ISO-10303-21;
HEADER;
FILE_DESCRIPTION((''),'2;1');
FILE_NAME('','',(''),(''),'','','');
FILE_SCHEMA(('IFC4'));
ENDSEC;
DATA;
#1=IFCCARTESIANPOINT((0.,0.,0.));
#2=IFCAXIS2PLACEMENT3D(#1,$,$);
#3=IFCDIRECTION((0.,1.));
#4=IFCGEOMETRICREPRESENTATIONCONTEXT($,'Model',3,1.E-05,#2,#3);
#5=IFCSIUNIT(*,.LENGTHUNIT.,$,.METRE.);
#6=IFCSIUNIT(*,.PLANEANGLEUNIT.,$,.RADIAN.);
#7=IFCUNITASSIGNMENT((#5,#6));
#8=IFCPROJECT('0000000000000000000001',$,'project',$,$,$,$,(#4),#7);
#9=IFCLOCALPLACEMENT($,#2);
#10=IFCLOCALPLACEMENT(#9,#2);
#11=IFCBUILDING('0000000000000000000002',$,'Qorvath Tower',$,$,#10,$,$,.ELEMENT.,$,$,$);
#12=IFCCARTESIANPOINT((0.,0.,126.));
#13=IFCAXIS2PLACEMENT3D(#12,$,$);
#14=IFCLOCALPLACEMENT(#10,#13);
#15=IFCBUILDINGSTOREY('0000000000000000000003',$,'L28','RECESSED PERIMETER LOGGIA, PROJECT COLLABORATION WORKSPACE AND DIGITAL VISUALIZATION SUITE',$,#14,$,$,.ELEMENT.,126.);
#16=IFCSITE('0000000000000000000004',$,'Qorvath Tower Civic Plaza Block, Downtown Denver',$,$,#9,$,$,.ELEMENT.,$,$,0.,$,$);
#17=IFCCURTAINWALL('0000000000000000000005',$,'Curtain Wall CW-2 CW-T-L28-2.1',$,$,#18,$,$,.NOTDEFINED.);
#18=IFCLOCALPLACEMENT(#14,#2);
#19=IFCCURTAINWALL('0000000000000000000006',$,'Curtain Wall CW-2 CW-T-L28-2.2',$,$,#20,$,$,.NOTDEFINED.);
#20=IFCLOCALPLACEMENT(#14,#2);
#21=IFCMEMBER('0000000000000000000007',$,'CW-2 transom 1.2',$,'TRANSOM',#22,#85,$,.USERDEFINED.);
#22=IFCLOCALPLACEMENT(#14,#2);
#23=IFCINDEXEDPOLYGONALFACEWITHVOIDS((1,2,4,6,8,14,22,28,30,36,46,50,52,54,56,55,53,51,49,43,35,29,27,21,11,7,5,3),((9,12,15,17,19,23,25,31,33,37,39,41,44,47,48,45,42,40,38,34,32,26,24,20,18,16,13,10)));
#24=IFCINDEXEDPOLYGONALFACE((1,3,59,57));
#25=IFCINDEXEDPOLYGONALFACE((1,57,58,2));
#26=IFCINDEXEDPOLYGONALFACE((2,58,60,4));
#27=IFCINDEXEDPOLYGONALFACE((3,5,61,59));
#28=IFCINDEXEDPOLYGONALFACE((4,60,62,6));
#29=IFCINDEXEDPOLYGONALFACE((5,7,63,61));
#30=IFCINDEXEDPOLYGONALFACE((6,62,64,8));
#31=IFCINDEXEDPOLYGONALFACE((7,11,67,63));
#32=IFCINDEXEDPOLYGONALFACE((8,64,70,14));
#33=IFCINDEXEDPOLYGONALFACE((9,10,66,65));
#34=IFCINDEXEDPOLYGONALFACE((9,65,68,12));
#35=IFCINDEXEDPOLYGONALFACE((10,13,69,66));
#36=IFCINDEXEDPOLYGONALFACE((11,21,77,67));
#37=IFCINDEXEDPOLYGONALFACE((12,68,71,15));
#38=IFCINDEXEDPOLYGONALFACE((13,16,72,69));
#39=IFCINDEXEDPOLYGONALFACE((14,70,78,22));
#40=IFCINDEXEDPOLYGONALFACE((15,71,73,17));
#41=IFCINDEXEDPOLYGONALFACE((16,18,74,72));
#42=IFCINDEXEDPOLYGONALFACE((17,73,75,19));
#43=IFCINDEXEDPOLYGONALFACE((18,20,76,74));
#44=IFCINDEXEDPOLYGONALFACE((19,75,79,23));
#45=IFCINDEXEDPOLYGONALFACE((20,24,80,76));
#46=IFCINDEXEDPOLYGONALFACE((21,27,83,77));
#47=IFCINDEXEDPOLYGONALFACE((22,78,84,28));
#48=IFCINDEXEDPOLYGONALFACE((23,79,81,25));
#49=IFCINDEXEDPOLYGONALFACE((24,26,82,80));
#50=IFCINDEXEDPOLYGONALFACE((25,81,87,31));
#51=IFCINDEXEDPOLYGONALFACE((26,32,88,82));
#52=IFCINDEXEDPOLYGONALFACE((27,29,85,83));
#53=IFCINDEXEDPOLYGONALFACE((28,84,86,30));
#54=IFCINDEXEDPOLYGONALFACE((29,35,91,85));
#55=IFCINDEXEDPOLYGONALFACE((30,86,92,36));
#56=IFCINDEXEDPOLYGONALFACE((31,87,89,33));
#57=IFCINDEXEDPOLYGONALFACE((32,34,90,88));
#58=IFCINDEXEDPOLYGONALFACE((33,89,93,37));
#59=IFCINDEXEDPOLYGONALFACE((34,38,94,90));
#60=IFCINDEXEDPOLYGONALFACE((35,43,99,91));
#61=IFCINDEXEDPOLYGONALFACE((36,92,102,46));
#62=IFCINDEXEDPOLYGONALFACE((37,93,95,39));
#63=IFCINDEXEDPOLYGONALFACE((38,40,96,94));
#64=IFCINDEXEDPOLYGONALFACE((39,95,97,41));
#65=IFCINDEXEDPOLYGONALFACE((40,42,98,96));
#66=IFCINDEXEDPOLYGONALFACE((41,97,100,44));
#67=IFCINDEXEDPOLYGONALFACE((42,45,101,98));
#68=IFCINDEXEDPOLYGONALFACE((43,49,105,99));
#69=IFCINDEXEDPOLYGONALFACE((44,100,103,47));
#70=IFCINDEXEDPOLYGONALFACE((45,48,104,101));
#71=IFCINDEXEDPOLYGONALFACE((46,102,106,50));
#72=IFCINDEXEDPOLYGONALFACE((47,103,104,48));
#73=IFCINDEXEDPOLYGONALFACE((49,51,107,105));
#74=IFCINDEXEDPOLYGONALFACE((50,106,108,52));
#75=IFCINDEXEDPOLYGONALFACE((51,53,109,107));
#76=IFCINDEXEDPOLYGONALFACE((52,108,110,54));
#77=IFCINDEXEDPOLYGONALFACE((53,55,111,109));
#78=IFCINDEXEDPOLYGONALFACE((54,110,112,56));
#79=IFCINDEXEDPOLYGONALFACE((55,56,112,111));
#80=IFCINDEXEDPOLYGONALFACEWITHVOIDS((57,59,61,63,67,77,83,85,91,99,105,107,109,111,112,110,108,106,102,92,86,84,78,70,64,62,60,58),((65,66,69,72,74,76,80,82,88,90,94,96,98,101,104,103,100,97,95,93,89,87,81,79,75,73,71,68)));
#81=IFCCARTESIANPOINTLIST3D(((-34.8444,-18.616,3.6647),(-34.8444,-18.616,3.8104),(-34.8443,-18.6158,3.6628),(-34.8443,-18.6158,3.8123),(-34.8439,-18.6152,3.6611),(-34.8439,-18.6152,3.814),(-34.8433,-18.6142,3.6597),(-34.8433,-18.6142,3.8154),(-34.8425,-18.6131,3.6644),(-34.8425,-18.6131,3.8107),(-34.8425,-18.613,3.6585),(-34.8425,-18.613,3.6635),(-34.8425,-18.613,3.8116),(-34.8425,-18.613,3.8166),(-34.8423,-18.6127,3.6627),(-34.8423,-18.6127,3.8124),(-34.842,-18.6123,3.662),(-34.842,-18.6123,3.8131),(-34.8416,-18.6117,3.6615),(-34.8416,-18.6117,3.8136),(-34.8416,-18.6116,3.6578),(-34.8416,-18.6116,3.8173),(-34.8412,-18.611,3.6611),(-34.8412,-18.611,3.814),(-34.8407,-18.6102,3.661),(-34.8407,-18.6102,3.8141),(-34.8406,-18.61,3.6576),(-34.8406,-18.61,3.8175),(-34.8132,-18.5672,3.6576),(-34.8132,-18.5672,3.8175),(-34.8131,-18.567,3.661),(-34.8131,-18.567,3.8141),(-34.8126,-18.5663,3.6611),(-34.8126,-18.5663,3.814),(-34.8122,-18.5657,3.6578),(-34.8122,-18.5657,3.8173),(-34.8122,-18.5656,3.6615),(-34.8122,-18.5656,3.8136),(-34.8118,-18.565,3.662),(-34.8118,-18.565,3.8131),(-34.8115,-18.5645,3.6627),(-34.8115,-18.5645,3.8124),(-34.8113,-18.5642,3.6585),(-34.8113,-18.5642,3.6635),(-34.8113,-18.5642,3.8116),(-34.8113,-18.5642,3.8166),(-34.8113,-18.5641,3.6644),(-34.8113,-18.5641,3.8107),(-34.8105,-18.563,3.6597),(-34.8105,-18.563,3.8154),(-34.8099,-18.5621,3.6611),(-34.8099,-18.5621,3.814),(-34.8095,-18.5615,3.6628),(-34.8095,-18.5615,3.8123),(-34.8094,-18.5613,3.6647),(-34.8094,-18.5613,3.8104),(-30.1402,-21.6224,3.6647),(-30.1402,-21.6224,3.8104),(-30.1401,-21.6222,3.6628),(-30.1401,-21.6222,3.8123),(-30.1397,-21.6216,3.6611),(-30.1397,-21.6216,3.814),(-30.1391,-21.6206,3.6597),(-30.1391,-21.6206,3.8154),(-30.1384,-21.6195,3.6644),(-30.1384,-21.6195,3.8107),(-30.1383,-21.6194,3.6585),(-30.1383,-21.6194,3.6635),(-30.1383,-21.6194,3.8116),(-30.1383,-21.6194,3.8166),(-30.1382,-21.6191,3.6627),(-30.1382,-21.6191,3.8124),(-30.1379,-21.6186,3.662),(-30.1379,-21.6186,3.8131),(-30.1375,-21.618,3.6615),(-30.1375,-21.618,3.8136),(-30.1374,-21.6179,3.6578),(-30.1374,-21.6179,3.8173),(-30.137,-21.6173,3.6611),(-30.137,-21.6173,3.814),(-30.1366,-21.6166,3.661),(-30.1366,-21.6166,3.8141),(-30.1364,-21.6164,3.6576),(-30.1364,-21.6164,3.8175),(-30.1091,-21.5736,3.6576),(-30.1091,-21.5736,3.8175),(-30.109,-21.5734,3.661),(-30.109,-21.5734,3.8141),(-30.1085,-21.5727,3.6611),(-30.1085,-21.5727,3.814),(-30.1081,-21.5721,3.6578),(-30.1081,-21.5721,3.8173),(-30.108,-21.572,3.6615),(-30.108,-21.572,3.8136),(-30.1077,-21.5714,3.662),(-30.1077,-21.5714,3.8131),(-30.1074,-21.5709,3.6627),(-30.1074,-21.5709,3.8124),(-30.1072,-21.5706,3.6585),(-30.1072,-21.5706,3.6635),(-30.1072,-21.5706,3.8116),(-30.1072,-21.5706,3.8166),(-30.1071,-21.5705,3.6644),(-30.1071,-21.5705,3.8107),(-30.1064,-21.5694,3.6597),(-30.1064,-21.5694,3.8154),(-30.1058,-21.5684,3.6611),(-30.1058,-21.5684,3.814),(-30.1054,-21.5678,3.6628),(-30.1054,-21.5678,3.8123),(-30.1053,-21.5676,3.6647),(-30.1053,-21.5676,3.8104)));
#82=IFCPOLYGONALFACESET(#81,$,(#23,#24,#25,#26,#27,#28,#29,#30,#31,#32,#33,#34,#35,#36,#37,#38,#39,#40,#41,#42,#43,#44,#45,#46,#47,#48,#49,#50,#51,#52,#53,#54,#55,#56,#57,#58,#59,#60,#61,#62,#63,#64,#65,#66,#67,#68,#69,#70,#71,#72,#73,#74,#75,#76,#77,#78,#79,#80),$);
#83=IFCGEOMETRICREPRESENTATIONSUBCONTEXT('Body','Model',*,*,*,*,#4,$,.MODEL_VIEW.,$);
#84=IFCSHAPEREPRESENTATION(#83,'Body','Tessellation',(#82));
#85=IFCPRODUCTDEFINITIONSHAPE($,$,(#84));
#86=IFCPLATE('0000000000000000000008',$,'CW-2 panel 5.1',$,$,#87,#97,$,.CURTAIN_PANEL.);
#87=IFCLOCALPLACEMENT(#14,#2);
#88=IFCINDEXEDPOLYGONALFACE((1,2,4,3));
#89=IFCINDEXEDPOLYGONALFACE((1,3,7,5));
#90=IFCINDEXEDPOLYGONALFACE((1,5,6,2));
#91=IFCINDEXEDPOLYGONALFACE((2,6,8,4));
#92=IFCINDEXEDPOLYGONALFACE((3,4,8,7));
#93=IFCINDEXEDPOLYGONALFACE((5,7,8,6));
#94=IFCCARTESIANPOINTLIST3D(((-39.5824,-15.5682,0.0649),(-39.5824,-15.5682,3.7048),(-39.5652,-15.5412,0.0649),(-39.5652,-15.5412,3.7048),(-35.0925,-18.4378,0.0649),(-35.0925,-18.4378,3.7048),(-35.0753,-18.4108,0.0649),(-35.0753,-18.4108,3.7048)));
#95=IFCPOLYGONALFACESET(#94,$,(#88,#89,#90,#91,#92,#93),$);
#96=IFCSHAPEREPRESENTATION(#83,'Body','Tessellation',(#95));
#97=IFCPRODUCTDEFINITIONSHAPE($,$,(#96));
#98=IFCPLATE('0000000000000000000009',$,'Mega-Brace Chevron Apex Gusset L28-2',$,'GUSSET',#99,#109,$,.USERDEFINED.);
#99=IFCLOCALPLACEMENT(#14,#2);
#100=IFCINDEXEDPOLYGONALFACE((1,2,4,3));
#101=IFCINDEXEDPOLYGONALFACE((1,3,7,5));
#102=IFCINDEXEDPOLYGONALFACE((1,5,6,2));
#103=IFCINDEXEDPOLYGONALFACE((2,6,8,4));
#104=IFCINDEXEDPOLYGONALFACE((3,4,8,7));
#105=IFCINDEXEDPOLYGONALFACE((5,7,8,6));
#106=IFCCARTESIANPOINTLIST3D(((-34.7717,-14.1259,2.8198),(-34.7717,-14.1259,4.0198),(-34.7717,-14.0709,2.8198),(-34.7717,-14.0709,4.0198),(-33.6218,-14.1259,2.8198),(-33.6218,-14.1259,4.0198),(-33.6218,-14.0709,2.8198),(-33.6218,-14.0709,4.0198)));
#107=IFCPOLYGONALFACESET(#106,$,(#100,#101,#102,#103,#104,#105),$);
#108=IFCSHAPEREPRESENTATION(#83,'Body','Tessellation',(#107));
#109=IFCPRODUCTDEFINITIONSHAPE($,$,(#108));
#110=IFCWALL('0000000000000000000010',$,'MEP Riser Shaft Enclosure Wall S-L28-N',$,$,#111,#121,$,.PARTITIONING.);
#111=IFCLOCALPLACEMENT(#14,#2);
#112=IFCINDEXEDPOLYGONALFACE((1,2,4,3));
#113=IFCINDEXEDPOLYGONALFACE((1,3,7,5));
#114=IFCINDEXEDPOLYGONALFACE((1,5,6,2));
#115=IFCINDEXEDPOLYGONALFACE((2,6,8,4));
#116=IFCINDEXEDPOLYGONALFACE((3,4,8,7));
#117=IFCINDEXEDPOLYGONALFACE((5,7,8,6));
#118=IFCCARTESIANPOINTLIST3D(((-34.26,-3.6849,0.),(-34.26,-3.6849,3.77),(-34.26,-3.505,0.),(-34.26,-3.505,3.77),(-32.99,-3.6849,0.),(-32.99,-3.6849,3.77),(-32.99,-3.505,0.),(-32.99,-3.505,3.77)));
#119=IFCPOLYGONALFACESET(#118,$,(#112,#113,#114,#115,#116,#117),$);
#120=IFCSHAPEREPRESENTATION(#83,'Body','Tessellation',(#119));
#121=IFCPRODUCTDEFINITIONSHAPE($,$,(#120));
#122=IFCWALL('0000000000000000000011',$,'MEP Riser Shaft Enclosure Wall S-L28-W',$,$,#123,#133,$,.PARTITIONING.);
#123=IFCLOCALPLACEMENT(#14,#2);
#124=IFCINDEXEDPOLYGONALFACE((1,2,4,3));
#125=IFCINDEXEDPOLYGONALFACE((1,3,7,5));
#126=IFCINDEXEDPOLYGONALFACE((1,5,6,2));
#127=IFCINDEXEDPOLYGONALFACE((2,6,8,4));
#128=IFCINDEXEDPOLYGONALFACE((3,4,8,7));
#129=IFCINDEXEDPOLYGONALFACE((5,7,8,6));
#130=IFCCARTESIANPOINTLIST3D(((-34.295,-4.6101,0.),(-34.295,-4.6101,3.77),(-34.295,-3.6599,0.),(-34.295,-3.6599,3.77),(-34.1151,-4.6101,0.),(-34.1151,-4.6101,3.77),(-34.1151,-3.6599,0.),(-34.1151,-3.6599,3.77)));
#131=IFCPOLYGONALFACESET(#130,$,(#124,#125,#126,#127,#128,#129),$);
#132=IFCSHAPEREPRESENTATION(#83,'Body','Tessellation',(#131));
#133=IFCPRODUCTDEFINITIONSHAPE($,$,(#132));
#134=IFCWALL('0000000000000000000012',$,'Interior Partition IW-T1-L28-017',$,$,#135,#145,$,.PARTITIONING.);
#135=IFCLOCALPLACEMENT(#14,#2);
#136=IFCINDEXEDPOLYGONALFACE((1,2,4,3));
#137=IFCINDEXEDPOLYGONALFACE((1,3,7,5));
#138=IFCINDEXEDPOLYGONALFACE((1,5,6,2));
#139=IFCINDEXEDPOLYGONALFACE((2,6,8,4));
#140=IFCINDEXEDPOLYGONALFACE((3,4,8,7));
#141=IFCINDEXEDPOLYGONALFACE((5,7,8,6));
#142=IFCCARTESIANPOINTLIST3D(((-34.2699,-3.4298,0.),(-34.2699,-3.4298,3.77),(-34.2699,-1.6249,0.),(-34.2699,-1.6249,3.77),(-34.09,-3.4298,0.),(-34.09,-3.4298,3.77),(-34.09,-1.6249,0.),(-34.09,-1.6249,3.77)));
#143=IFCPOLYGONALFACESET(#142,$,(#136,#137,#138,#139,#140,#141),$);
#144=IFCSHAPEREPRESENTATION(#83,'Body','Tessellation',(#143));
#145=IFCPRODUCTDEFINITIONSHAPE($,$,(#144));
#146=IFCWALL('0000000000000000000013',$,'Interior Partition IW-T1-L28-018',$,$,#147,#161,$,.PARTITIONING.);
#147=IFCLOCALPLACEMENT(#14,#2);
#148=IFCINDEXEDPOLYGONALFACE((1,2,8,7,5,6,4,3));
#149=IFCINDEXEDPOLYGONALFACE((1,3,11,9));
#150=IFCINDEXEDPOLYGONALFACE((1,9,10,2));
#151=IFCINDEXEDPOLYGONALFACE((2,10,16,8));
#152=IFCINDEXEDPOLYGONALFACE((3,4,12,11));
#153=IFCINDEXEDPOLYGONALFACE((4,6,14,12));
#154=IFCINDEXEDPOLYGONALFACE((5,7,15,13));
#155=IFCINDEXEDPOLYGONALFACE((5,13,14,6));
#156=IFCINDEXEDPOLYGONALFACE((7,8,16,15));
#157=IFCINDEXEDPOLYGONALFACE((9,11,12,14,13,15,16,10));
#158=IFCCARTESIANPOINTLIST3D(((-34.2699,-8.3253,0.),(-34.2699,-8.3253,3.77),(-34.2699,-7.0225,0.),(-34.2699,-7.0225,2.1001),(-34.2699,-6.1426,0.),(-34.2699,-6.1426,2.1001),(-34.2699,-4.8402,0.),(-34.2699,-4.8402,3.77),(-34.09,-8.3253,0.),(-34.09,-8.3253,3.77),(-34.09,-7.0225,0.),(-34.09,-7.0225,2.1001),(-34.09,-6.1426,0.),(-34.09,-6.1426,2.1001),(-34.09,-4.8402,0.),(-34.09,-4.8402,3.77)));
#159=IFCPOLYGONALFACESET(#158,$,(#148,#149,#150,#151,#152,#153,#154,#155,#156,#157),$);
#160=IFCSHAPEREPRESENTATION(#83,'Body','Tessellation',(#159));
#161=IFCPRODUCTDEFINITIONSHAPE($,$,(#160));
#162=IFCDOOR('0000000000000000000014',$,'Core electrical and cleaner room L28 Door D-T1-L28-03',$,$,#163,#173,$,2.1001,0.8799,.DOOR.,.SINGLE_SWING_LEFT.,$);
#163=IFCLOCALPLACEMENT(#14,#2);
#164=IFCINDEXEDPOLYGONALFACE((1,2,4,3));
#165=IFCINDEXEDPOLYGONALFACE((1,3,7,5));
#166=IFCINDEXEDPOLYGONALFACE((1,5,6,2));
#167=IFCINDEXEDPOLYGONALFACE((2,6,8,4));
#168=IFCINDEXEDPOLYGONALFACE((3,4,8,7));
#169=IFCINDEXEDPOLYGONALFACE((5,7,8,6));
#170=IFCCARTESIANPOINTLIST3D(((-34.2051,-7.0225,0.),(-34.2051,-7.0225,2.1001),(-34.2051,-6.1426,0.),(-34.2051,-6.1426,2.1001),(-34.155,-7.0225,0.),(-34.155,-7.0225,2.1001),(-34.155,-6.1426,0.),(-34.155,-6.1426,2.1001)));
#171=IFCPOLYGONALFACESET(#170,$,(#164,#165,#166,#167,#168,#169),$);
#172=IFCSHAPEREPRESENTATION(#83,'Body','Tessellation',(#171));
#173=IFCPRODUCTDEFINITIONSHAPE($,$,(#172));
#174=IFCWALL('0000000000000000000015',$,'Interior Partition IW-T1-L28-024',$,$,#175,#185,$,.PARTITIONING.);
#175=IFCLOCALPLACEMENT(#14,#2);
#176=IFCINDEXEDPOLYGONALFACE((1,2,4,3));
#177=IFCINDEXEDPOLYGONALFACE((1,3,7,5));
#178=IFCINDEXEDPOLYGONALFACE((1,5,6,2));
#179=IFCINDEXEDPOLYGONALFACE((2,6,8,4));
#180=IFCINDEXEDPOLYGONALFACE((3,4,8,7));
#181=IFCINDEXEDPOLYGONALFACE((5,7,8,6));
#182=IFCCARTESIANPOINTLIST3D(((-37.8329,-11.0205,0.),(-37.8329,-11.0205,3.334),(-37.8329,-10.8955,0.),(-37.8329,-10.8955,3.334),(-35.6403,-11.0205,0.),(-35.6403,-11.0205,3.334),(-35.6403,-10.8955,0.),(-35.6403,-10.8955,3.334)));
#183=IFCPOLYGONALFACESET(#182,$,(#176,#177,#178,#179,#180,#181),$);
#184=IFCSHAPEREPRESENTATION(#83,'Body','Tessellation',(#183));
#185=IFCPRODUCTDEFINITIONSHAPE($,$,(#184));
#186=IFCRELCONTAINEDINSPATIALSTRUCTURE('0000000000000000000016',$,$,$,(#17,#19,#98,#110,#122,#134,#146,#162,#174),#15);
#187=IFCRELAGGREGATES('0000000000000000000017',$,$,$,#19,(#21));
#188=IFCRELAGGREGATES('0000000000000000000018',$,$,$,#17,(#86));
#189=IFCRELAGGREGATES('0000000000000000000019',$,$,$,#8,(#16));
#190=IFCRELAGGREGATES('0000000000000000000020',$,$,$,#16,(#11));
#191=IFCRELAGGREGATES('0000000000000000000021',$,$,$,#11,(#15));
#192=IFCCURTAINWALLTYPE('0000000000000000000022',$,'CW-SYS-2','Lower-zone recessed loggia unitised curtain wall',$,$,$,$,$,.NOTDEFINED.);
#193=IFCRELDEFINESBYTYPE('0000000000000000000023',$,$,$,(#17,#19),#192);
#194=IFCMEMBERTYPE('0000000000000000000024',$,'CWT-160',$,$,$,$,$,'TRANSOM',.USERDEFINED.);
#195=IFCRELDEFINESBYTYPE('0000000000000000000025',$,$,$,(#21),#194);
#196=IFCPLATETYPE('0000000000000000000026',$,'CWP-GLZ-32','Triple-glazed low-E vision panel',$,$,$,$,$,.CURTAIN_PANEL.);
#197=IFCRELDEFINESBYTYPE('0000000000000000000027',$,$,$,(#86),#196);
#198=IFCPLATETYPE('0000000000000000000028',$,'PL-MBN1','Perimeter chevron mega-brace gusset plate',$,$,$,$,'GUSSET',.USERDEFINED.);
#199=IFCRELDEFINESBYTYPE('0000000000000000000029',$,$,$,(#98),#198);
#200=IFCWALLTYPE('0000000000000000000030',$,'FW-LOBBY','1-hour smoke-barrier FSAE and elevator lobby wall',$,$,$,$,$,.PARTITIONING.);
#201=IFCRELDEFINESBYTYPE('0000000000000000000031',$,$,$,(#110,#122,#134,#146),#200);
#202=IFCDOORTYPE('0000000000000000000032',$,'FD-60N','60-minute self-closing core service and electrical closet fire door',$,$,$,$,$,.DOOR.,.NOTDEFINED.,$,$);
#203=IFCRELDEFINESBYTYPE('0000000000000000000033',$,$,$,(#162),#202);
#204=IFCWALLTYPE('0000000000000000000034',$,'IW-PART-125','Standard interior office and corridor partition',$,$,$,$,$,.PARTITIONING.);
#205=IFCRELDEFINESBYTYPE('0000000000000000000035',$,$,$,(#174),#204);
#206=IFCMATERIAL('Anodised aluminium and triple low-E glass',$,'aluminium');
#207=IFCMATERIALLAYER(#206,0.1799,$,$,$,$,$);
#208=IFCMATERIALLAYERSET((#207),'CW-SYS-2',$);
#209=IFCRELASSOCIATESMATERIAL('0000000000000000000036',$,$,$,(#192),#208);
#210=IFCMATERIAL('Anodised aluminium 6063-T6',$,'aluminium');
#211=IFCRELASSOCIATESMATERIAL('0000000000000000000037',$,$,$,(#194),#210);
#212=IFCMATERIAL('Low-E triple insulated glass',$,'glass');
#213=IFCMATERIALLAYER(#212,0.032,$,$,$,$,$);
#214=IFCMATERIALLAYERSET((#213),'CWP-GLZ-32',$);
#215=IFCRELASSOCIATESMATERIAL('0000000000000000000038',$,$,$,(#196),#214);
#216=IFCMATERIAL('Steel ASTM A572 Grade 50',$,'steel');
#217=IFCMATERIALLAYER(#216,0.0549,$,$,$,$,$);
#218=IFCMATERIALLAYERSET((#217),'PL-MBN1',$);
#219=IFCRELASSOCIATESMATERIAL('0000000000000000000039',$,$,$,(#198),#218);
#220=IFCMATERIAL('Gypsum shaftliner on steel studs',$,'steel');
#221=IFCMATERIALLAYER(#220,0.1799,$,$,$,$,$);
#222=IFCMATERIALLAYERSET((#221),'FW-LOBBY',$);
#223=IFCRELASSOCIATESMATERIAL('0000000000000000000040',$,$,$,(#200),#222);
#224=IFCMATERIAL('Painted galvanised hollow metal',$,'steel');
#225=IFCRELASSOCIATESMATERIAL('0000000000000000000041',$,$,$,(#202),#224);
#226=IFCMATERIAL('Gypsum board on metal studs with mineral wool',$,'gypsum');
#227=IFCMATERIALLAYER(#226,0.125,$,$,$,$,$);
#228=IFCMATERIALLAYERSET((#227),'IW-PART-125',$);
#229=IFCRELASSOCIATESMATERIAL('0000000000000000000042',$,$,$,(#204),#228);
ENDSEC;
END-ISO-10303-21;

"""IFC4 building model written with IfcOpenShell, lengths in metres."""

from ifc_helpers import new_model, si_unit, direction, frame, frame_2d, origin, origin_2d, place, context, subcontext, project, spatial, rectangle, hollow_rectangle, extrude, material, layer, layer_set, material_profile, profile_set, type_object, element, fill, aggregate, save


model = new_model("IFC4")

# Units and contexts
model_context = context("Model", 3, precision=1e-05, world=origin(), true_north=direction((0.0, 1.0)))
body_context = subcontext(model_context, "Body", "Model", "MODEL_VIEW")
ifc_project = project(units=[si_unit("LENGTHUNIT", "METRE"), si_unit("PLANEANGLEUNIT", "RADIAN")], contexts=[model_context])

# Site, building, storey
site_placement = place(None, origin())
site = spatial("IfcSite", under=ifc_project, at=site_placement, Name="Qorvath Tower Civic Plaza Block, Downtown Denver", CompositionType="ELEMENT", RefElevation=0.0)
building_placement = place(site_placement, origin())
building = spatial("IfcBuilding", under=site, at=building_placement, Name="Qorvath Tower", CompositionType="ELEMENT")
storey_placement = place(building_placement, frame((0.0, 0.0, 126.0)))
storey = spatial("IfcBuildingStorey", under=building, at=storey_placement, Name="L28", Description="RECESSED PERIMETER LOGGIA, PROJECT COLLABORATION WORKSPACE AND DIGITAL VISUALIZATION SUITE", CompositionType="ELEMENT", Elevation=126.0)

# Curtain wall
ifc_material_1 = material(Name="Anodised aluminium and triple low-E glass", Category="aluminium")
ifc_layer_1 = layer(ifc_material_1, 0.1799)
ifc_layer_set_1 = layer_set([ifc_layer_1], Name="CW-SYS-2")
curtain_wall_type = type_object("IfcCurtainWallType", Name="CW-SYS-2", Description="Lower-zone recessed loggia unitised curtain wall", PredefinedType="NOTDEFINED", material=ifc_layer_set_1)
curtain_wall_1_placement = place(storey_placement, origin())
curtain_wall_1 = element("IfcCurtainWall", 1, at=curtain_wall_1_placement, inside=storey, type_object=curtain_wall_type, Name="Curtain Wall CW-2 CW-T-L28-2.1", PredefinedType="NOTDEFINED")

# Curtain wall
curtain_wall_2_placement = place(storey_placement, origin())
curtain_wall_2 = element("IfcCurtainWall", 2, at=curtain_wall_2_placement, inside=storey, type_object=curtain_wall_type, Name="Curtain Wall CW-2 CW-T-L28-2.2", PredefinedType="NOTDEFINED")

# Member
ifc_material_2 = material(Name="Anodised aluminium 6063-T6", Category="aluminium")
ifc_material_profile_1 = material_profile(ifc_material_2, hollow_rectangle(XDim=0.0649, YDim=0.1599, WallThickness=0.0034, InnerFilletRadius=0.0034, OuterFilletRadius=0.0071, at=origin_2d()), Name="CWT 160x65")
ifc_profile_set_1 = profile_set([ifc_material_profile_1], Name="Anodised aluminium 6063-T6")
member_type_1 = type_object("IfcMemberType", Name="CWT-160", ElementType="TRANSOM", PredefinedType="USERDEFINED", material=ifc_profile_set_1)
member_1_placement = place(storey_placement, frame((-34.8269, -18.5886, 3.7375), z_axis=(0.842619, -0.53851, 0.0), x_axis=(0.53851, 0.842619, 0.0)))
member_1 = element("IfcMember", 3, at=member_1_placement, type_object=member_type_1, Name="CW-2 transom 1.2", ObjectType="TRANSOM", PredefinedType="USERDEFINED", context=body_context, shape_type="SweptSolid", body=[
    extrude(hollow_rectangle(XDim=0.0649, YDim=0.1599, WallThickness=0.0034, InnerFilletRadius=0.0034, OuterFilletRadius=0.0071, at=origin_2d()), origin(), (0.0, 0.0, 1.0), 5.5828),
])
aggregate(curtain_wall_2, [member_1])

# Plates
ifc_material_3 = material(Name="Low-E triple insulated glass", Category="glass")
ifc_layer_2 = layer(ifc_material_3, 0.032)
ifc_layer_set_2 = layer_set([ifc_layer_2], Name="CWP-GLZ-32")
plate_type_1 = type_object("IfcPlateType", Name="CWP-GLZ-32", Description="Triple-glazed low-E vision panel", PredefinedType="CURTAIN_PANEL", material=ifc_layer_set_2)
plate_1_placement = place(storey_placement, frame((-37.3289, -16.9895, 0.0649), z_axis=(0.0, 0.0, 1.0), x_axis=(0.842604, -0.538534, 0.0)))
plate_1 = element("IfcPlate", 4, at=plate_1_placement, type_object=plate_type_1, Name="CW-2 panel 5.1", PredefinedType="CURTAIN_PANEL", context=body_context, shape_type="SweptSolid", body=[
    extrude(rectangle(XDim=5.3286, YDim=0.032, at=origin_2d()), origin(), (0.0, 0.0, 1.0), 3.6399),
])
aggregate(curtain_wall_1, [plate_1])
ifc_material_4 = material(Name="Steel ASTM A572 Grade 50", Category="steel")
ifc_layer_3 = layer(ifc_material_4, 0.0549)
ifc_layer_set_3 = layer_set([ifc_layer_3], Name="PL-MBN1")
plate_type_2 = type_object("IfcPlateType", Name="PL-MBN1", Description="Perimeter chevron mega-brace gusset plate", ElementType="GUSSET", PredefinedType="USERDEFINED", material=ifc_layer_set_3)
plate_2_placement = place(storey_placement, frame((-34.1968, -14.0984, 2.8198), z_axis=(0.0, 0.0, 1.0), x_axis=(1.0, 0.0, 0.0)))
element("IfcPlate", 5, at=plate_2_placement, inside=storey, type_object=plate_type_2, Name="Mega-Brace Chevron Apex Gusset L28-2", ObjectType="GUSSET", PredefinedType="USERDEFINED", context=body_context, shape_type="SweptSolid", body=[
    extrude(rectangle(XDim=1.1499, YDim=0.0549, at=origin_2d()), origin(), (0.0, 0.0, 1.0), 1.2),
])

# Walls
ifc_material_5 = material(Name="Gypsum shaftliner on steel studs", Category="steel")
ifc_layer_4 = layer(ifc_material_5, 0.1799)
ifc_layer_set_4 = layer_set([ifc_layer_4], Name="FW-LOBBY")
wall_type_1 = type_object("IfcWallType", Name="FW-LOBBY", Description="1-hour smoke-barrier FSAE and elevator lobby wall", PredefinedType="PARTITIONING", material=ifc_layer_set_4)
wall_1_placement = place(storey_placement, frame((-34.26, -3.595, 0.0), z_axis=(0.0, 0.0, 1.0), x_axis=(1.0, 0.0, 0.0)))
element("IfcWall", 6, at=wall_1_placement, inside=storey, type_object=wall_type_1, Name="MEP Riser Shaft Enclosure Wall S-L28-N", PredefinedType="PARTITIONING", context=body_context, shape_type="SweptSolid", body=[
    extrude(rectangle(XDim=1.27, YDim=0.1799, at=frame_2d((0.635, 0.0))), origin(), (0.0, 0.0, 1.0), 3.77),
])
wall_2_placement = place(storey_placement, frame((-34.2051, -4.6101, 0.0), z_axis=(0.0, 0.0, 1.0), x_axis=(0.0, 1.0, 0.0)))
element("IfcWall", 7, at=wall_2_placement, inside=storey, type_object=wall_type_1, Name="MEP Riser Shaft Enclosure Wall S-L28-W", PredefinedType="PARTITIONING", context=body_context, shape_type="SweptSolid", body=[
    extrude(rectangle(XDim=0.9502, YDim=0.1799, at=frame_2d((0.4751, 0.0))), origin(), (0.0, 0.0, 1.0), 3.77),
])
wall_3_placement = place(storey_placement, frame((-34.1799, -1.625, 0.0), z_axis=(0.0, 0.0, 1.0), x_axis=(0.0, -1.0, 0.0)))
element("IfcWall", 8, at=wall_3_placement, inside=storey, type_object=wall_type_1, Name="Interior Partition IW-T1-L28-017", PredefinedType="PARTITIONING", context=body_context, shape_type="SweptSolid", body=[
    extrude(rectangle(XDim=1.8049, YDim=0.1799, at=frame_2d((0.9023, 0.0))), origin(), (0.0, 0.0, 1.0), 3.77),
])

# Wall, opening, door
wall_4_placement = place(storey_placement, frame((-34.1799, -4.8401, 0.0), z_axis=(0.0, 0.0, 1.0), x_axis=(0.0, -1.0, 0.0)))
wall_4 = element("IfcWall", 9, at=wall_4_placement, inside=storey, type_object=wall_type_1, Name="Interior Partition IW-T1-L28-018", PredefinedType="PARTITIONING", context=body_context, shape_type="SweptSolid", body=[
    extrude(rectangle(XDim=3.4851, YDim=0.1799, at=frame_2d((1.7427, 0.0))), origin(), (0.0, 0.0, 1.0), 3.77),
])
opening_1_placement = place(wall_4_placement, frame((1.3025, 0.0, 0.0)))
opening_1 = element("IfcOpeningElement", 10, at=opening_1_placement, cuts=wall_4, PredefinedType="OPENING", context=body_context, shape_type="SweptSolid", body=[
    extrude(rectangle(XDim=0.8799, YDim=2.1001, at=frame_2d((0.4399, 1.05))), frame((0.0, 0.1001, 0.0), z_axis=(0.0, -1.0, 0.0), x_axis=(1.0, 0.0, 0.0)), (0.0, 0.0, 1.0), 0.2),
])
ifc_material_6 = material(Name="Painted galvanised hollow metal", Category="steel")
door_type_1 = type_object("IfcDoorType", Name="FD-60N", Description="60-minute self-closing core service and electrical closet fire door", OperationType="NOTDEFINED", PredefinedType="DOOR", material=ifc_material_6)
door_1_placement = place(opening_1_placement, origin())
door_1 = element("IfcDoor", 11, at=door_1_placement, inside=storey, type_object=door_type_1, Name="Core electrical and cleaner room L28 Door D-T1-L28-03", OperationType="SINGLE_SWING_LEFT", OverallHeight=2.1001, OverallWidth=0.8799, PredefinedType="DOOR", context=body_context, shape_type="SweptSolid", body=[
    extrude(rectangle(XDim=0.8799, YDim=2.1001, at=frame_2d((0.4399, 1.05))), frame((0.0, 0.0249, 0.0), z_axis=(0.0, -1.0, 0.0), x_axis=(1.0, 0.0, 0.0)), (0.0, 0.0, 1.0), 0.05),
])
fill(opening_1, door_1)

# Wall
ifc_material_7 = material(Name="Gypsum board on metal studs with mineral wool", Category="gypsum")
ifc_layer_5 = layer(ifc_material_7, 0.125)
ifc_layer_set_5 = layer_set([ifc_layer_5], Name="IW-PART-125")
wall_type_2 = type_object("IfcWallType", Name="IW-PART-125", Description="Standard interior office and corridor partition", PredefinedType="PARTITIONING", material=ifc_layer_set_5)
wall_5_placement = place(storey_placement, frame((-35.6404, -10.958, 0.0), z_axis=(0.0, 0.0, 1.0), x_axis=(-1.0, 0.0, 0.0)))
element("IfcWall", 12, at=wall_5_placement, inside=storey, type_object=wall_type_2, Name="Interior Partition IW-T1-L28-024", PredefinedType="PARTITIONING", context=body_context, shape_type="SweptSolid", body=[
    extrude(rectangle(XDim=2.1926, YDim=0.125, at=frame_2d((1.0962, 0.0))), origin(), (0.0, 0.0, 1.0), 3.334),
])

save(model, "model.ifc")
